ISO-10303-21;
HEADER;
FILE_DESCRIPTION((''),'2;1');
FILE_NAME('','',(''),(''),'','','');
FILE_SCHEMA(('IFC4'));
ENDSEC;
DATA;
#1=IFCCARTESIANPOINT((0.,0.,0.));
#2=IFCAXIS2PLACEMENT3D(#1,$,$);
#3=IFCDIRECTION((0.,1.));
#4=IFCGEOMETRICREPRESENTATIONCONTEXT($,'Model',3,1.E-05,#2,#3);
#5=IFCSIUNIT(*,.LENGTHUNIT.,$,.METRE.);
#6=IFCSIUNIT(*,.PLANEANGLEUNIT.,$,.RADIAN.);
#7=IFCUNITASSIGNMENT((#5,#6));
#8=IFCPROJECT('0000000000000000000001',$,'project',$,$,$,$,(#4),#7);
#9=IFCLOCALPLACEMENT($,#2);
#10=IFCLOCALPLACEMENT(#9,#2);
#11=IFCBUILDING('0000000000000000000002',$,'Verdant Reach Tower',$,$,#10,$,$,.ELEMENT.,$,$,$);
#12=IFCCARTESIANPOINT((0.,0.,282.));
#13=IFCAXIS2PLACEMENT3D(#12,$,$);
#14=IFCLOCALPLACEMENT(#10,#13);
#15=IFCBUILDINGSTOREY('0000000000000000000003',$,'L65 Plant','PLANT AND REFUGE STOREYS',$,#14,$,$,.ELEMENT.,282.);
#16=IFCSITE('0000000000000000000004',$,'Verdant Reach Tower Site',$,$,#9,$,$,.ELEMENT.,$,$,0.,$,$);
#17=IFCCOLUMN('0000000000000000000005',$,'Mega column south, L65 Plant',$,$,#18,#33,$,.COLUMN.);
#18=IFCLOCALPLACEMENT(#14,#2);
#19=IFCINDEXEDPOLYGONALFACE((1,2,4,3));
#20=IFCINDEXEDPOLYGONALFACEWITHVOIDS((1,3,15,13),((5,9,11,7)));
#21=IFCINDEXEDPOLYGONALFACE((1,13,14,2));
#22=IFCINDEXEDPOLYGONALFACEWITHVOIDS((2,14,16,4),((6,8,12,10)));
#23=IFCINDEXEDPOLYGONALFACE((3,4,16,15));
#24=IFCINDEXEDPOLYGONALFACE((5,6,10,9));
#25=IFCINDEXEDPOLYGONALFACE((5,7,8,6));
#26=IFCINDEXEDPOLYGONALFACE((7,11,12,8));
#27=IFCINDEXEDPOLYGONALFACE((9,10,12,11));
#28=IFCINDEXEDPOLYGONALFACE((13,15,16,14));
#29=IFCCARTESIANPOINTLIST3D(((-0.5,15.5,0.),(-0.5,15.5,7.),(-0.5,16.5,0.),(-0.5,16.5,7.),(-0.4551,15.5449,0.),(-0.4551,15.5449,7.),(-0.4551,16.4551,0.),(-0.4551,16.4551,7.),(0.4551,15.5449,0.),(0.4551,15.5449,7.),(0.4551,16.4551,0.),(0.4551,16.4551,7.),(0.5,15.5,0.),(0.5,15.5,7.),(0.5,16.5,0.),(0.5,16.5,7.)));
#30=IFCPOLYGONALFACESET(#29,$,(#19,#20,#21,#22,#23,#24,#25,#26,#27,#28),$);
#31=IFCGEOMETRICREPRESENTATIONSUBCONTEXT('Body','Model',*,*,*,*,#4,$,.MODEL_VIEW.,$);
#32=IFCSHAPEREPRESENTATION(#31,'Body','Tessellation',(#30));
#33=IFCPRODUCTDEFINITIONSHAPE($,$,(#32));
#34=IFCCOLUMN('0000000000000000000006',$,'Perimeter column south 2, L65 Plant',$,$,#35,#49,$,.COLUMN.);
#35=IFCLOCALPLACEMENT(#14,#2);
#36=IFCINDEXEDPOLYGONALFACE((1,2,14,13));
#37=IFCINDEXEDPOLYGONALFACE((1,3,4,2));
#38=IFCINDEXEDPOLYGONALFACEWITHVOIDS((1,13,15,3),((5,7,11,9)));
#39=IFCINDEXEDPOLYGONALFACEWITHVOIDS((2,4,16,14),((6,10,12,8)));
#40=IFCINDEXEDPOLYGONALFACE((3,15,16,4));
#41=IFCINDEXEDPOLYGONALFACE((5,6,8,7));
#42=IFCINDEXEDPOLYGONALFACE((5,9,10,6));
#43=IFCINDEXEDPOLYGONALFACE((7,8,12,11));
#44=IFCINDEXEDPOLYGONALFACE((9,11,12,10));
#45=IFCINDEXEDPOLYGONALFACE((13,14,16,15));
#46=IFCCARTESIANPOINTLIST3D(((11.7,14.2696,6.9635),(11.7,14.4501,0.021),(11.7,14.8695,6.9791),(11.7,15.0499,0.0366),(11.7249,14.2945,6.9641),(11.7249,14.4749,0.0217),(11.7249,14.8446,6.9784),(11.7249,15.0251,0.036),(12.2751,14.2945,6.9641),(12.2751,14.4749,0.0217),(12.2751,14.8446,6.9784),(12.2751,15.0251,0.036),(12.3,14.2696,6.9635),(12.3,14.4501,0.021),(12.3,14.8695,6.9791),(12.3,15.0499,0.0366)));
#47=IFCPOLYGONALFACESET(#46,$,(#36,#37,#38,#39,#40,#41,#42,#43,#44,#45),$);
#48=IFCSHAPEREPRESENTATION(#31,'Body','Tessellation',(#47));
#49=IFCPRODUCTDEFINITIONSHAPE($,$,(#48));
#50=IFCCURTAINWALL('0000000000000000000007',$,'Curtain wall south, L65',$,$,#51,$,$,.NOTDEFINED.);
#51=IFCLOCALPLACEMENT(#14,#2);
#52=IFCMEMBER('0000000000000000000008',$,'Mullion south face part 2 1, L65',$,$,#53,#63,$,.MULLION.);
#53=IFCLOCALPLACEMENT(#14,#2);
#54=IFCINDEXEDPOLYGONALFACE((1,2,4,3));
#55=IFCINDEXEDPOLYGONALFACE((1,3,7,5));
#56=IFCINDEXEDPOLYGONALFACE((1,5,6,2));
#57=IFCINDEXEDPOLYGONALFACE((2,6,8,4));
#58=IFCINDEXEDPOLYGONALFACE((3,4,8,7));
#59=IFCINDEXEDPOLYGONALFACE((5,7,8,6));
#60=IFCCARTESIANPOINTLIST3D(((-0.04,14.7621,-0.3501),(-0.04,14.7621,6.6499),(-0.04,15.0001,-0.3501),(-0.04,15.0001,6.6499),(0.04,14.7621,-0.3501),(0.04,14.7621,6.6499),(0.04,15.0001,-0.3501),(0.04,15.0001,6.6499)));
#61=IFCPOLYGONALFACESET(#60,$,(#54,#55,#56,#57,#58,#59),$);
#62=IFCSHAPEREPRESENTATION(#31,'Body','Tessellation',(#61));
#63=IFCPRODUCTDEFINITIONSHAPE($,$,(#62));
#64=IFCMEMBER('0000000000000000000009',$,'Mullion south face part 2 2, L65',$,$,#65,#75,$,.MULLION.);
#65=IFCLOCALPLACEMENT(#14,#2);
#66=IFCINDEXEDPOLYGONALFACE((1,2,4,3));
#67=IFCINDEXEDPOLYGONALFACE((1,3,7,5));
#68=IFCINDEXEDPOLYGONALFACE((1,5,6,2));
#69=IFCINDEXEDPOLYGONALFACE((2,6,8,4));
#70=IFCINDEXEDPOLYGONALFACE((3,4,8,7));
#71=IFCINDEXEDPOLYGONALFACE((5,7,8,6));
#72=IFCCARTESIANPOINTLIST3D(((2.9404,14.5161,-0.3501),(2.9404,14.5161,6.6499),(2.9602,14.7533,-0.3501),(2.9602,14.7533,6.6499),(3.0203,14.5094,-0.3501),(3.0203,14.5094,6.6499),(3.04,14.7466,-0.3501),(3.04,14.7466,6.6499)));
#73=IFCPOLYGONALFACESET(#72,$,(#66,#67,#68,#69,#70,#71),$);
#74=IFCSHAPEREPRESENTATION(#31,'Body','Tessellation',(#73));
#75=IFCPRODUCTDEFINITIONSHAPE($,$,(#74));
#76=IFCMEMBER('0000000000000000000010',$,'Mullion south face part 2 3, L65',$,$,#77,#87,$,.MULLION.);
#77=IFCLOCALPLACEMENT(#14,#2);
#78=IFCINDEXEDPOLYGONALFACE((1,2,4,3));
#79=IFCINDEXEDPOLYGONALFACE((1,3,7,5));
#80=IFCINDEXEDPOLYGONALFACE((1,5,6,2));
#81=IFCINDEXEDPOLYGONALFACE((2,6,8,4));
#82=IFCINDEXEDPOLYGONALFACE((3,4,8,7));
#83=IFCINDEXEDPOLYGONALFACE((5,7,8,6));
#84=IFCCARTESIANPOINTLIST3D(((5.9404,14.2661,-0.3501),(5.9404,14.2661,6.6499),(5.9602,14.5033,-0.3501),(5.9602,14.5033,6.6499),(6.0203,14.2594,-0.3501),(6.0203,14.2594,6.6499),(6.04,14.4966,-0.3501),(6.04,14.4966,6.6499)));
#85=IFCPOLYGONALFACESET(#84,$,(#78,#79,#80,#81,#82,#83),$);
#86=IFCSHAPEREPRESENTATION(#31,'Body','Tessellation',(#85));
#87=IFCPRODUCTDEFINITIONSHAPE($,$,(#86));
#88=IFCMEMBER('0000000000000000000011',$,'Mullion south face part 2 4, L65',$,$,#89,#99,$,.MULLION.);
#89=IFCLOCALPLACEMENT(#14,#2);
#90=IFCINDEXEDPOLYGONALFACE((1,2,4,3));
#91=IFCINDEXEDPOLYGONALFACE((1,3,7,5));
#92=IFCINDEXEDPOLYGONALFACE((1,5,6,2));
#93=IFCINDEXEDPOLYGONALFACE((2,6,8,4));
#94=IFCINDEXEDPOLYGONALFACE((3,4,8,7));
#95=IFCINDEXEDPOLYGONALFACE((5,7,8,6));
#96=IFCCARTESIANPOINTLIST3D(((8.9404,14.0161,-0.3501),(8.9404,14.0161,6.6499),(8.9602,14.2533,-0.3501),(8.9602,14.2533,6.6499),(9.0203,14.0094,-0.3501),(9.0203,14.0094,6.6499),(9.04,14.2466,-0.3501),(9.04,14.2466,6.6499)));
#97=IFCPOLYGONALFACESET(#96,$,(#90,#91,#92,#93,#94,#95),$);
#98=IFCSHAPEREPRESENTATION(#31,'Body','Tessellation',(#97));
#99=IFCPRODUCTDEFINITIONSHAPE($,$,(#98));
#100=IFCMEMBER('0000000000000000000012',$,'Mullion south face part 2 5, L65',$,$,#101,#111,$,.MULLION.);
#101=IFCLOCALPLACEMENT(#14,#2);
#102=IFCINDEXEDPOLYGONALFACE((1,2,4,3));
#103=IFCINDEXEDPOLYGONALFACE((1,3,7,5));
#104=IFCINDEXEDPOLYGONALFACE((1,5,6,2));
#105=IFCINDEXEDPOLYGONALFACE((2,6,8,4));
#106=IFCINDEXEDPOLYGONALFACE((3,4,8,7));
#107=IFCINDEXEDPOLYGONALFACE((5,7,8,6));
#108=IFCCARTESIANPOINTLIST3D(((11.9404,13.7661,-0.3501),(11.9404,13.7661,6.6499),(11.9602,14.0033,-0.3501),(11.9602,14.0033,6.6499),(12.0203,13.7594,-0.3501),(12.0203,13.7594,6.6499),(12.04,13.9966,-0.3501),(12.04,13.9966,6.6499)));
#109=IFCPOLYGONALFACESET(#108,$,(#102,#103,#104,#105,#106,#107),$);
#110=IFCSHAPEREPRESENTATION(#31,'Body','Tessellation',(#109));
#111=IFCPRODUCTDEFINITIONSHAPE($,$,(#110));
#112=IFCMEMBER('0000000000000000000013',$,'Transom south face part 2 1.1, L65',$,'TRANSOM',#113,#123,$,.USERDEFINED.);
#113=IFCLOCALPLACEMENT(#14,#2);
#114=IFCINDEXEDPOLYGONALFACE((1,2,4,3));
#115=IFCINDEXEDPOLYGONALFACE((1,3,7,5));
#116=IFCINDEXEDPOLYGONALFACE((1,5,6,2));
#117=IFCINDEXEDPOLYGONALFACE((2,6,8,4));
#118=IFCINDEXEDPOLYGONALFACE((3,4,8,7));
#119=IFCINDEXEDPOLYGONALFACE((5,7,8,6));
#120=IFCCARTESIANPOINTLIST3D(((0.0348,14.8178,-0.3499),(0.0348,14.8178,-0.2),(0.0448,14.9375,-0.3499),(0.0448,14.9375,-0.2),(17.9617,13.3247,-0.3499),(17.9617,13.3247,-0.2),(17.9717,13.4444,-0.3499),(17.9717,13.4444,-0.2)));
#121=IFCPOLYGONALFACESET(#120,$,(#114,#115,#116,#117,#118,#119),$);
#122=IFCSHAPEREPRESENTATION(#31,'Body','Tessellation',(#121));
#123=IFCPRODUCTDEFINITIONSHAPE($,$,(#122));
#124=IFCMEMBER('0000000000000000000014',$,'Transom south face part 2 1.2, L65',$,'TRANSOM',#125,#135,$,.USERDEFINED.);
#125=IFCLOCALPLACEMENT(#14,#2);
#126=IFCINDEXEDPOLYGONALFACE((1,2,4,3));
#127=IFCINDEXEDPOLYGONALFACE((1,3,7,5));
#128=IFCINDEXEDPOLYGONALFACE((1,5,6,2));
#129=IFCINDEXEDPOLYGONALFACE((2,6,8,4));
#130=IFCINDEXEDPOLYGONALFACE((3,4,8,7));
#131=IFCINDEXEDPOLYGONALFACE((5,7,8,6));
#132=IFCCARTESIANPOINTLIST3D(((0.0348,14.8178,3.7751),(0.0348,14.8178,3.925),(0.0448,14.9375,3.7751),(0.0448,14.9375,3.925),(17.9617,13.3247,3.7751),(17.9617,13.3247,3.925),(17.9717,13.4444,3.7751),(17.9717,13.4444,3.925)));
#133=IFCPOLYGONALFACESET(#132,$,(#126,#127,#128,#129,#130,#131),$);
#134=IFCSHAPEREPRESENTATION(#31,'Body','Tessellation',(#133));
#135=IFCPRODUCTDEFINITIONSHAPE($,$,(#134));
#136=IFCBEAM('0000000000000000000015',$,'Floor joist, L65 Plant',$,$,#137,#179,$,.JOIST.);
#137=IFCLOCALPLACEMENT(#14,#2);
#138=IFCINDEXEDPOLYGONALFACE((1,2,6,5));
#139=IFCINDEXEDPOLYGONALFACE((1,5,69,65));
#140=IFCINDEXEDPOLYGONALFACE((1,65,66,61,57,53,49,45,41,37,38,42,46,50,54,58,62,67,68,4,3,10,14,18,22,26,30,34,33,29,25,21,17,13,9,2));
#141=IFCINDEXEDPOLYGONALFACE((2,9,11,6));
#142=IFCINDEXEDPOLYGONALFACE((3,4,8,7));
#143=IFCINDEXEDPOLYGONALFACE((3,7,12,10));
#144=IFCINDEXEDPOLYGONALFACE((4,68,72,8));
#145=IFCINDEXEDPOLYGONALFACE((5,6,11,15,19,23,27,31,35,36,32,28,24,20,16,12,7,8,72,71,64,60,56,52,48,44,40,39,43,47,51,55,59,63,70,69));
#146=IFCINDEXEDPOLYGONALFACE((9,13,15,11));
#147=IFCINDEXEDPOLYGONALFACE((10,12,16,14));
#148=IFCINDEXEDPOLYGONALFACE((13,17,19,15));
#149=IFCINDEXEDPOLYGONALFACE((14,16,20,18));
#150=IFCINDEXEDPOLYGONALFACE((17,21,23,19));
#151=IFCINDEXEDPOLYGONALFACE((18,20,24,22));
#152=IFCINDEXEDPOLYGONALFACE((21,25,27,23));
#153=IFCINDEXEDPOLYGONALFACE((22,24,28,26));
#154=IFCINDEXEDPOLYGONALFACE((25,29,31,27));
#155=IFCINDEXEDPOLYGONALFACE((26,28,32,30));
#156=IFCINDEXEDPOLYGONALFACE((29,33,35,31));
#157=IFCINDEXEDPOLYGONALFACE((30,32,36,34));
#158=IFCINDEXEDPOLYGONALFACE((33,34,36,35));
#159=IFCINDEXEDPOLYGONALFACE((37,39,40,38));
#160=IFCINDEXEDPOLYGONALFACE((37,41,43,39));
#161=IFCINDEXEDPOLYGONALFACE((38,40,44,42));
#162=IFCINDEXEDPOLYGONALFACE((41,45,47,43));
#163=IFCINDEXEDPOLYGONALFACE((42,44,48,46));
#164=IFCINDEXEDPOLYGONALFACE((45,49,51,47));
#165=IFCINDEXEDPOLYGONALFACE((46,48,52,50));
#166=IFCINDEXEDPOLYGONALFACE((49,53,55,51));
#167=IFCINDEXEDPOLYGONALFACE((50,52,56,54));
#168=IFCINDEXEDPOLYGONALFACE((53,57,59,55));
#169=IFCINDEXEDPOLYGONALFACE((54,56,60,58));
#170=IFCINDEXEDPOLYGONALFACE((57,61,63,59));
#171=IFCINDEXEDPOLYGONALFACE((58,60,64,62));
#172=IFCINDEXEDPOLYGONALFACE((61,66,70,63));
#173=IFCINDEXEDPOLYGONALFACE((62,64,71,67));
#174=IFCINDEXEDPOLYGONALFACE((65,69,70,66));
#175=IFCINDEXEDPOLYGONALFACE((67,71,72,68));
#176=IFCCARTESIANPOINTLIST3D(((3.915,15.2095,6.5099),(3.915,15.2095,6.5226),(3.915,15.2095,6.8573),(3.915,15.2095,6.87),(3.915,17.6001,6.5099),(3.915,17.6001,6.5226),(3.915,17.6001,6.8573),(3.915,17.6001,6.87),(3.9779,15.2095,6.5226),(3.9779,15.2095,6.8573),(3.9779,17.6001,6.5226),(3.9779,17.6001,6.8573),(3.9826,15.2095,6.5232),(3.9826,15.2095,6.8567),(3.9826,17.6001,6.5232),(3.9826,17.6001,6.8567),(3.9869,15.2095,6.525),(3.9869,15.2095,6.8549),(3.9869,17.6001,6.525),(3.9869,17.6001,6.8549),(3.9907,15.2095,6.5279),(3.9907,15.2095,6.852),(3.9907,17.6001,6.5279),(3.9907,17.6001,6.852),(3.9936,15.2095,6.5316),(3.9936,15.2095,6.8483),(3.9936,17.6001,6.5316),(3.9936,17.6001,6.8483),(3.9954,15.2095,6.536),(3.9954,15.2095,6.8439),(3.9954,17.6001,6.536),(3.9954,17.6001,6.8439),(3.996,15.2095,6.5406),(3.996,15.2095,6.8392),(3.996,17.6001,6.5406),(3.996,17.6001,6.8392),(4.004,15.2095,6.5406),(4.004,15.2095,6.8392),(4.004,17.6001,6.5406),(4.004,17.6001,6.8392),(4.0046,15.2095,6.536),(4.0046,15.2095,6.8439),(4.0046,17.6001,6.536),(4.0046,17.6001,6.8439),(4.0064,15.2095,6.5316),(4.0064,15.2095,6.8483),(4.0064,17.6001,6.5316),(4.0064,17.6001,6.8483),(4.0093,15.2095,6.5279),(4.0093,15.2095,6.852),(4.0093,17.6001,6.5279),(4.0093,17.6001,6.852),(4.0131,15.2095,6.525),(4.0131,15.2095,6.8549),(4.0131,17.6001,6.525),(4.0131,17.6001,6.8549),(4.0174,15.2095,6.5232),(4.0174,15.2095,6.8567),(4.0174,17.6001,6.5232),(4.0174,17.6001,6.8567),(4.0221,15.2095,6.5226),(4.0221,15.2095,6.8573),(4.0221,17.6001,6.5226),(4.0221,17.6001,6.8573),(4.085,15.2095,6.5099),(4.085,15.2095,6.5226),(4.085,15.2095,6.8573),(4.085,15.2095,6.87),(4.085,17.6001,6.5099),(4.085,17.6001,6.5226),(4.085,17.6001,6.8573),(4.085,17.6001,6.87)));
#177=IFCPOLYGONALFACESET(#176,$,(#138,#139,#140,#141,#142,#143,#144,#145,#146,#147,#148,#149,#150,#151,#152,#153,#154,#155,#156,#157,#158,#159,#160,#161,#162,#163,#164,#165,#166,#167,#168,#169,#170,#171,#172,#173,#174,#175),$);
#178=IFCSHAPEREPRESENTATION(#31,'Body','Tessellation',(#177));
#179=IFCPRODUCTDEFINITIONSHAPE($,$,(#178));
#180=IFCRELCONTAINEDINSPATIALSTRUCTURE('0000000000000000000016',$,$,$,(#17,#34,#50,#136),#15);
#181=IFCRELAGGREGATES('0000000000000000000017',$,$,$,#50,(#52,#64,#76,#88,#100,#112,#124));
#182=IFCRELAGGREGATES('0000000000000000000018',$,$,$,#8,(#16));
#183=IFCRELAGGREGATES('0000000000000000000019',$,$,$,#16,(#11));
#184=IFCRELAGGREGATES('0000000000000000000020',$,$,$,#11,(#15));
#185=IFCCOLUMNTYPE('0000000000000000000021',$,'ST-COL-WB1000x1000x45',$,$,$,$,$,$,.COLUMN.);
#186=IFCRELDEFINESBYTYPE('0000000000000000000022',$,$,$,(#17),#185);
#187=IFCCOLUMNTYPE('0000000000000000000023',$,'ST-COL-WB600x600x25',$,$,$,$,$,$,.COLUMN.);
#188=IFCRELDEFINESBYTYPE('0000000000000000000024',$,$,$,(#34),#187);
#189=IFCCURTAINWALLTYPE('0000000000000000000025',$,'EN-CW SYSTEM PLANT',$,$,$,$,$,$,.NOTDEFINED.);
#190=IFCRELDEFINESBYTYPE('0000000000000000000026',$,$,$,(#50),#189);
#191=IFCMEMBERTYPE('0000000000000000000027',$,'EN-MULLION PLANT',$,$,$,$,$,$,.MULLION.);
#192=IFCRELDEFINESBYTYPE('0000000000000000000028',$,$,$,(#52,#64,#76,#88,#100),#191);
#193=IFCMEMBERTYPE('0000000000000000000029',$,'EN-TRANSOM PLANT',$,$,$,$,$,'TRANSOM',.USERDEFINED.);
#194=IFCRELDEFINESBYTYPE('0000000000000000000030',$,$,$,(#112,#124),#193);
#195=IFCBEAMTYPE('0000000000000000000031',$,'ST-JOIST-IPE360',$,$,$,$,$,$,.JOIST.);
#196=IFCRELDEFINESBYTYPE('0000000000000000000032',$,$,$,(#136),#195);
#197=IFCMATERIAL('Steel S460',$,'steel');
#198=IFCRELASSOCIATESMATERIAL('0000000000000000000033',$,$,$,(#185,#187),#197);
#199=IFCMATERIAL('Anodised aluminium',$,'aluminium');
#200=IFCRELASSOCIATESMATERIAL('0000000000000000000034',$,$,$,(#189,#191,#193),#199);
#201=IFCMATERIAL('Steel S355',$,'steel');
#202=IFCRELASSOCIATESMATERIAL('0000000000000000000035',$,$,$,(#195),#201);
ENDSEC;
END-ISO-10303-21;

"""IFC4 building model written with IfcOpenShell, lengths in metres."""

from ifc_helpers import new_model, si_unit, direction, frame, origin, origin_2d, place, context, subcontext, project, spatial, rectangle, hollow_rectangle, i_section, extrude, material, material_profile, profile_set, type_object, element, aggregate, save


model = new_model("IFC4")

# Units and contexts
model_context = context("Model", 3, precision=1e-05, world=origin(), true_north=direction((0.0, 1.0)))
body_context = subcontext(model_context, "Body", "Model", "MODEL_VIEW")
ifc_project = project(units=[si_unit("LENGTHUNIT", "METRE"), si_unit("PLANEANGLEUNIT", "RADIAN")], contexts=[model_context])

# Site, building, storey
site_placement = place(None, origin())
site = spatial("IfcSite", under=ifc_project, at=site_placement, Name="Verdant Reach Tower Site", CompositionType="ELEMENT", RefElevation=0.0)
building_placement = place(site_placement, origin())
building = spatial("IfcBuilding", under=site, at=building_placement, Name="Verdant Reach Tower", CompositionType="ELEMENT")
storey_placement = place(building_placement, frame((0.0, 0.0, 282.0)))
storey = spatial("IfcBuildingStorey", under=building, at=storey_placement, Name="L65 Plant", Description="PLANT AND REFUGE STOREYS", CompositionType="ELEMENT", Elevation=282.0)

# Columns
ifc_material_1 = material(Name="Steel S460", Category="steel")
ifc_material_profile_1 = material_profile(ifc_material_1, hollow_rectangle(XDim=1.0, YDim=1.0, WallThickness=0.0449, at=origin_2d()), Name="WB 1000x1000x45")
ifc_profile_set_1 = profile_set([ifc_material_profile_1], Name="Steel S460")
column_type_1 = type_object("IfcColumnType", Name="ST-COL-WB1000x1000x45", PredefinedType="COLUMN", material=ifc_profile_set_1)
column_1_placement = place(storey_placement, frame((0.0, 16.0, 0.0), z_axis=(0.0, 0.0, 1.0), x_axis=(1.0, 0.0, 0.0)))
element("IfcColumn", 1, at=column_1_placement, inside=storey, type_object=column_type_1, Name="Mega column south, L65 Plant", PredefinedType="COLUMN", context=body_context, shape_type="SweptSolid", body=[
    extrude(hollow_rectangle(XDim=1.0, YDim=1.0, WallThickness=0.0449, at=origin_2d()), origin(), (0.0, 0.0, 1.0), 7.0),
])
ifc_material_profile_2 = material_profile(ifc_material_1, hollow_rectangle(XDim=0.6001, YDim=0.6001, WallThickness=0.0249, at=origin_2d()), Name="WB 600x600x25")
ifc_profile_set_2 = profile_set([ifc_material_profile_2], Name="Steel S460")
column_type_2 = type_object("IfcColumnType", Name="ST-COL-WB600x600x25", PredefinedType="COLUMN", material=ifc_profile_set_2)
column_2_placement = place(storey_placement, frame((12.0, 14.75, 0.0288), z_axis=(0.0, -0.025979, 0.999662), x_axis=(1.0, 0.0, 0.0)))
element("IfcColumn", 2, at=column_2_placement, inside=storey, type_object=column_type_2, Name="Perimeter column south 2, L65 Plant", PredefinedType="COLUMN", context=body_context, shape_type="SweptSolid", body=[
    extrude(hollow_rectangle(XDim=0.6001, YDim=0.6001, WallThickness=0.0249, at=origin_2d()), origin(), (0.0, 0.0, 1.0), 6.9448),
])

# Curtain wall, members
ifc_material_2 = material(Name="Anodised aluminium", Category="aluminium")
curtain_wall_type = type_object("IfcCurtainWallType", Name="EN-CW SYSTEM PLANT", PredefinedType="NOTDEFINED", material=ifc_material_2)
curtain_wall_placement = place(storey_placement, origin())
curtain_wall = element("IfcCurtainWall", 3, at=curtain_wall_placement, inside=storey, type_object=curtain_wall_type, Name="Curtain wall south, L65", PredefinedType="NOTDEFINED")
ifc_material_profile_3 = material_profile(ifc_material_2, rectangle(XDim=0.238, YDim=0.0801, at=origin_2d()), Name="Mullion 80x240")
ifc_profile_set_3 = profile_set([ifc_material_profile_3], Name="Anodised aluminium")
member_type_1 = type_object("IfcMemberType", Name="EN-MULLION PLANT", PredefinedType="MULLION", material=ifc_profile_set_3)
member_1_placement = place(storey_placement, frame((0.0, 14.8811, -0.3501), z_axis=(0.0, 0.0, 1.0), x_axis=(0.0, -1.0, 0.0)))
member_1 = element("IfcMember", 4, at=member_1_placement, type_object=member_type_1, Name="Mullion south face part 2 1, L65", PredefinedType="MULLION", context=body_context, shape_type="SweptSolid", body=[
    extrude(rectangle(XDim=0.238, YDim=0.0801, at=origin_2d()), origin(), (0.0, 0.0, 1.0), 7.0),
])
member_2_placement = place(storey_placement, frame((2.9902, 14.6313, -0.3501), z_axis=(0.0, 0.0, 1.0), x_axis=(-0.083045, -0.996546, 0.0)))
member_2 = element("IfcMember", 5, at=member_2_placement, type_object=member_type_1, Name="Mullion south face part 2 2, L65", PredefinedType="MULLION", context=body_context, shape_type="SweptSolid", body=[
    extrude(rectangle(XDim=0.238, YDim=0.0801, at=origin_2d()), origin(), (0.0, 0.0, 1.0), 7.0),
])
member_3_placement = place(storey_placement, frame((5.9902, 14.3813, -0.3501), z_axis=(0.0, 0.0, 1.0), x_axis=(-0.083045, -0.996546, 0.0)))
member_3 = element("IfcMember", 6, at=member_3_placement, type_object=member_type_1, Name="Mullion south face part 2 3, L65", PredefinedType="MULLION", context=body_context, shape_type="SweptSolid", body=[
    extrude(rectangle(XDim=0.238, YDim=0.0801, at=origin_2d()), origin(), (0.0, 0.0, 1.0), 7.0),
])
member_4_placement = place(storey_placement, frame((8.9902, 14.1313, -0.3501), z_axis=(0.0, 0.0, 1.0), x_axis=(-0.083045, -0.996546, 0.0)))
member_4 = element("IfcMember", 7, at=member_4_placement, type_object=member_type_1, Name="Mullion south face part 2 4, L65", PredefinedType="MULLION", context=body_context, shape_type="SweptSolid", body=[
    extrude(rectangle(XDim=0.238, YDim=0.0801, at=origin_2d()), origin(), (0.0, 0.0, 1.0), 7.0),
])
member_5_placement = place(storey_placement, frame((11.9902, 13.8813, -0.3501), z_axis=(0.0, 0.0, 1.0), x_axis=(-0.083045, -0.996546, 0.0)))
member_5 = element("IfcMember", 8, at=member_5_placement, type_object=member_type_1, Name="Mullion south face part 2 5, L65", PredefinedType="MULLION", context=body_context, shape_type="SweptSolid", body=[
    extrude(rectangle(XDim=0.238, YDim=0.0801, at=origin_2d()), origin(), (0.0, 0.0, 1.0), 7.0),
])
ifc_material_profile_4 = material_profile(ifc_material_2, rectangle(XDim=0.1201, YDim=0.1499, at=origin_2d()), Name="Transom 150x120")
ifc_profile_set_4 = profile_set([ifc_material_profile_4], Name="Anodised aluminium")
member_type_2 = type_object("IfcMemberType", Name="EN-TRANSOM PLANT", ElementType="TRANSOM", PredefinedType="USERDEFINED", material=ifc_profile_set_4)
member_6_placement = place(storey_placement, frame((0.0398, 14.8777, -0.2749), z_axis=(0.996549, -0.083004, 0.0), x_axis=(0.083004, 0.996549, 0.0)))
member_6 = element("IfcMember", 9, at=member_6_placement, type_object=member_type_2, Name="Transom south face part 2 1.1, L65", ObjectType="TRANSOM", PredefinedType="USERDEFINED", context=body_context, shape_type="SweptSolid", body=[
    extrude(rectangle(XDim=0.1201, YDim=0.1499, at=origin_2d()), origin(), (0.0, 0.0, 1.0), 17.989),
])
member_7_placement = place(storey_placement, frame((0.0398, 14.8777, 3.8501), z_axis=(0.996549, -0.083004, 0.0), x_axis=(0.083004, 0.996549, 0.0)))
member_7 = element("IfcMember", 10, at=member_7_placement, type_object=member_type_2, Name="Transom south face part 2 1.2, L65", ObjectType="TRANSOM", PredefinedType="USERDEFINED", context=body_context, shape_type="SweptSolid", body=[
    extrude(rectangle(XDim=0.1201, YDim=0.1499, at=origin_2d()), origin(), (0.0, 0.0, 1.0), 17.989),
])

# Beam
ifc_material_3 = material(Name="Steel S355", Category="steel")
ifc_material_profile_5 = material_profile(ifc_material_3, i_section(OverallWidth=0.1699, OverallDepth=0.3601, WebThickness=0.0081, FlangeThickness=0.0127, FilletRadius=0.0181, at=origin_2d()), Name="IPE 360")
ifc_profile_set_5 = profile_set([ifc_material_profile_5], Name="Steel S355")
beam_type = type_object("IfcBeamType", Name="ST-JOIST-IPE360", PredefinedType="JOIST", material=ifc_profile_set_5)
beam_1_placement = place(storey_placement, frame((4.0, 17.6001, 6.6899), z_axis=(0.0, -1.0, 0.0), x_axis=(1.0, 0.0, 0.0)))
element("IfcBeam", 11, at=beam_1_placement, inside=storey, type_object=beam_type, Name="Floor joist, L65 Plant", PredefinedType="JOIST", context=body_context, shape_type="SweptSolid", body=[
    extrude(i_section(OverallWidth=0.1699, OverallDepth=0.3601, WebThickness=0.0081, FlangeThickness=0.0127, FilletRadius=0.0181, at=origin_2d()), origin(), (0.0, 0.0, 1.0), 2.3906),
])

aggregate(curtain_wall, [member_1, member_2, member_3, member_4, member_5, member_6, member_7])

save(model, "model.ifc")
